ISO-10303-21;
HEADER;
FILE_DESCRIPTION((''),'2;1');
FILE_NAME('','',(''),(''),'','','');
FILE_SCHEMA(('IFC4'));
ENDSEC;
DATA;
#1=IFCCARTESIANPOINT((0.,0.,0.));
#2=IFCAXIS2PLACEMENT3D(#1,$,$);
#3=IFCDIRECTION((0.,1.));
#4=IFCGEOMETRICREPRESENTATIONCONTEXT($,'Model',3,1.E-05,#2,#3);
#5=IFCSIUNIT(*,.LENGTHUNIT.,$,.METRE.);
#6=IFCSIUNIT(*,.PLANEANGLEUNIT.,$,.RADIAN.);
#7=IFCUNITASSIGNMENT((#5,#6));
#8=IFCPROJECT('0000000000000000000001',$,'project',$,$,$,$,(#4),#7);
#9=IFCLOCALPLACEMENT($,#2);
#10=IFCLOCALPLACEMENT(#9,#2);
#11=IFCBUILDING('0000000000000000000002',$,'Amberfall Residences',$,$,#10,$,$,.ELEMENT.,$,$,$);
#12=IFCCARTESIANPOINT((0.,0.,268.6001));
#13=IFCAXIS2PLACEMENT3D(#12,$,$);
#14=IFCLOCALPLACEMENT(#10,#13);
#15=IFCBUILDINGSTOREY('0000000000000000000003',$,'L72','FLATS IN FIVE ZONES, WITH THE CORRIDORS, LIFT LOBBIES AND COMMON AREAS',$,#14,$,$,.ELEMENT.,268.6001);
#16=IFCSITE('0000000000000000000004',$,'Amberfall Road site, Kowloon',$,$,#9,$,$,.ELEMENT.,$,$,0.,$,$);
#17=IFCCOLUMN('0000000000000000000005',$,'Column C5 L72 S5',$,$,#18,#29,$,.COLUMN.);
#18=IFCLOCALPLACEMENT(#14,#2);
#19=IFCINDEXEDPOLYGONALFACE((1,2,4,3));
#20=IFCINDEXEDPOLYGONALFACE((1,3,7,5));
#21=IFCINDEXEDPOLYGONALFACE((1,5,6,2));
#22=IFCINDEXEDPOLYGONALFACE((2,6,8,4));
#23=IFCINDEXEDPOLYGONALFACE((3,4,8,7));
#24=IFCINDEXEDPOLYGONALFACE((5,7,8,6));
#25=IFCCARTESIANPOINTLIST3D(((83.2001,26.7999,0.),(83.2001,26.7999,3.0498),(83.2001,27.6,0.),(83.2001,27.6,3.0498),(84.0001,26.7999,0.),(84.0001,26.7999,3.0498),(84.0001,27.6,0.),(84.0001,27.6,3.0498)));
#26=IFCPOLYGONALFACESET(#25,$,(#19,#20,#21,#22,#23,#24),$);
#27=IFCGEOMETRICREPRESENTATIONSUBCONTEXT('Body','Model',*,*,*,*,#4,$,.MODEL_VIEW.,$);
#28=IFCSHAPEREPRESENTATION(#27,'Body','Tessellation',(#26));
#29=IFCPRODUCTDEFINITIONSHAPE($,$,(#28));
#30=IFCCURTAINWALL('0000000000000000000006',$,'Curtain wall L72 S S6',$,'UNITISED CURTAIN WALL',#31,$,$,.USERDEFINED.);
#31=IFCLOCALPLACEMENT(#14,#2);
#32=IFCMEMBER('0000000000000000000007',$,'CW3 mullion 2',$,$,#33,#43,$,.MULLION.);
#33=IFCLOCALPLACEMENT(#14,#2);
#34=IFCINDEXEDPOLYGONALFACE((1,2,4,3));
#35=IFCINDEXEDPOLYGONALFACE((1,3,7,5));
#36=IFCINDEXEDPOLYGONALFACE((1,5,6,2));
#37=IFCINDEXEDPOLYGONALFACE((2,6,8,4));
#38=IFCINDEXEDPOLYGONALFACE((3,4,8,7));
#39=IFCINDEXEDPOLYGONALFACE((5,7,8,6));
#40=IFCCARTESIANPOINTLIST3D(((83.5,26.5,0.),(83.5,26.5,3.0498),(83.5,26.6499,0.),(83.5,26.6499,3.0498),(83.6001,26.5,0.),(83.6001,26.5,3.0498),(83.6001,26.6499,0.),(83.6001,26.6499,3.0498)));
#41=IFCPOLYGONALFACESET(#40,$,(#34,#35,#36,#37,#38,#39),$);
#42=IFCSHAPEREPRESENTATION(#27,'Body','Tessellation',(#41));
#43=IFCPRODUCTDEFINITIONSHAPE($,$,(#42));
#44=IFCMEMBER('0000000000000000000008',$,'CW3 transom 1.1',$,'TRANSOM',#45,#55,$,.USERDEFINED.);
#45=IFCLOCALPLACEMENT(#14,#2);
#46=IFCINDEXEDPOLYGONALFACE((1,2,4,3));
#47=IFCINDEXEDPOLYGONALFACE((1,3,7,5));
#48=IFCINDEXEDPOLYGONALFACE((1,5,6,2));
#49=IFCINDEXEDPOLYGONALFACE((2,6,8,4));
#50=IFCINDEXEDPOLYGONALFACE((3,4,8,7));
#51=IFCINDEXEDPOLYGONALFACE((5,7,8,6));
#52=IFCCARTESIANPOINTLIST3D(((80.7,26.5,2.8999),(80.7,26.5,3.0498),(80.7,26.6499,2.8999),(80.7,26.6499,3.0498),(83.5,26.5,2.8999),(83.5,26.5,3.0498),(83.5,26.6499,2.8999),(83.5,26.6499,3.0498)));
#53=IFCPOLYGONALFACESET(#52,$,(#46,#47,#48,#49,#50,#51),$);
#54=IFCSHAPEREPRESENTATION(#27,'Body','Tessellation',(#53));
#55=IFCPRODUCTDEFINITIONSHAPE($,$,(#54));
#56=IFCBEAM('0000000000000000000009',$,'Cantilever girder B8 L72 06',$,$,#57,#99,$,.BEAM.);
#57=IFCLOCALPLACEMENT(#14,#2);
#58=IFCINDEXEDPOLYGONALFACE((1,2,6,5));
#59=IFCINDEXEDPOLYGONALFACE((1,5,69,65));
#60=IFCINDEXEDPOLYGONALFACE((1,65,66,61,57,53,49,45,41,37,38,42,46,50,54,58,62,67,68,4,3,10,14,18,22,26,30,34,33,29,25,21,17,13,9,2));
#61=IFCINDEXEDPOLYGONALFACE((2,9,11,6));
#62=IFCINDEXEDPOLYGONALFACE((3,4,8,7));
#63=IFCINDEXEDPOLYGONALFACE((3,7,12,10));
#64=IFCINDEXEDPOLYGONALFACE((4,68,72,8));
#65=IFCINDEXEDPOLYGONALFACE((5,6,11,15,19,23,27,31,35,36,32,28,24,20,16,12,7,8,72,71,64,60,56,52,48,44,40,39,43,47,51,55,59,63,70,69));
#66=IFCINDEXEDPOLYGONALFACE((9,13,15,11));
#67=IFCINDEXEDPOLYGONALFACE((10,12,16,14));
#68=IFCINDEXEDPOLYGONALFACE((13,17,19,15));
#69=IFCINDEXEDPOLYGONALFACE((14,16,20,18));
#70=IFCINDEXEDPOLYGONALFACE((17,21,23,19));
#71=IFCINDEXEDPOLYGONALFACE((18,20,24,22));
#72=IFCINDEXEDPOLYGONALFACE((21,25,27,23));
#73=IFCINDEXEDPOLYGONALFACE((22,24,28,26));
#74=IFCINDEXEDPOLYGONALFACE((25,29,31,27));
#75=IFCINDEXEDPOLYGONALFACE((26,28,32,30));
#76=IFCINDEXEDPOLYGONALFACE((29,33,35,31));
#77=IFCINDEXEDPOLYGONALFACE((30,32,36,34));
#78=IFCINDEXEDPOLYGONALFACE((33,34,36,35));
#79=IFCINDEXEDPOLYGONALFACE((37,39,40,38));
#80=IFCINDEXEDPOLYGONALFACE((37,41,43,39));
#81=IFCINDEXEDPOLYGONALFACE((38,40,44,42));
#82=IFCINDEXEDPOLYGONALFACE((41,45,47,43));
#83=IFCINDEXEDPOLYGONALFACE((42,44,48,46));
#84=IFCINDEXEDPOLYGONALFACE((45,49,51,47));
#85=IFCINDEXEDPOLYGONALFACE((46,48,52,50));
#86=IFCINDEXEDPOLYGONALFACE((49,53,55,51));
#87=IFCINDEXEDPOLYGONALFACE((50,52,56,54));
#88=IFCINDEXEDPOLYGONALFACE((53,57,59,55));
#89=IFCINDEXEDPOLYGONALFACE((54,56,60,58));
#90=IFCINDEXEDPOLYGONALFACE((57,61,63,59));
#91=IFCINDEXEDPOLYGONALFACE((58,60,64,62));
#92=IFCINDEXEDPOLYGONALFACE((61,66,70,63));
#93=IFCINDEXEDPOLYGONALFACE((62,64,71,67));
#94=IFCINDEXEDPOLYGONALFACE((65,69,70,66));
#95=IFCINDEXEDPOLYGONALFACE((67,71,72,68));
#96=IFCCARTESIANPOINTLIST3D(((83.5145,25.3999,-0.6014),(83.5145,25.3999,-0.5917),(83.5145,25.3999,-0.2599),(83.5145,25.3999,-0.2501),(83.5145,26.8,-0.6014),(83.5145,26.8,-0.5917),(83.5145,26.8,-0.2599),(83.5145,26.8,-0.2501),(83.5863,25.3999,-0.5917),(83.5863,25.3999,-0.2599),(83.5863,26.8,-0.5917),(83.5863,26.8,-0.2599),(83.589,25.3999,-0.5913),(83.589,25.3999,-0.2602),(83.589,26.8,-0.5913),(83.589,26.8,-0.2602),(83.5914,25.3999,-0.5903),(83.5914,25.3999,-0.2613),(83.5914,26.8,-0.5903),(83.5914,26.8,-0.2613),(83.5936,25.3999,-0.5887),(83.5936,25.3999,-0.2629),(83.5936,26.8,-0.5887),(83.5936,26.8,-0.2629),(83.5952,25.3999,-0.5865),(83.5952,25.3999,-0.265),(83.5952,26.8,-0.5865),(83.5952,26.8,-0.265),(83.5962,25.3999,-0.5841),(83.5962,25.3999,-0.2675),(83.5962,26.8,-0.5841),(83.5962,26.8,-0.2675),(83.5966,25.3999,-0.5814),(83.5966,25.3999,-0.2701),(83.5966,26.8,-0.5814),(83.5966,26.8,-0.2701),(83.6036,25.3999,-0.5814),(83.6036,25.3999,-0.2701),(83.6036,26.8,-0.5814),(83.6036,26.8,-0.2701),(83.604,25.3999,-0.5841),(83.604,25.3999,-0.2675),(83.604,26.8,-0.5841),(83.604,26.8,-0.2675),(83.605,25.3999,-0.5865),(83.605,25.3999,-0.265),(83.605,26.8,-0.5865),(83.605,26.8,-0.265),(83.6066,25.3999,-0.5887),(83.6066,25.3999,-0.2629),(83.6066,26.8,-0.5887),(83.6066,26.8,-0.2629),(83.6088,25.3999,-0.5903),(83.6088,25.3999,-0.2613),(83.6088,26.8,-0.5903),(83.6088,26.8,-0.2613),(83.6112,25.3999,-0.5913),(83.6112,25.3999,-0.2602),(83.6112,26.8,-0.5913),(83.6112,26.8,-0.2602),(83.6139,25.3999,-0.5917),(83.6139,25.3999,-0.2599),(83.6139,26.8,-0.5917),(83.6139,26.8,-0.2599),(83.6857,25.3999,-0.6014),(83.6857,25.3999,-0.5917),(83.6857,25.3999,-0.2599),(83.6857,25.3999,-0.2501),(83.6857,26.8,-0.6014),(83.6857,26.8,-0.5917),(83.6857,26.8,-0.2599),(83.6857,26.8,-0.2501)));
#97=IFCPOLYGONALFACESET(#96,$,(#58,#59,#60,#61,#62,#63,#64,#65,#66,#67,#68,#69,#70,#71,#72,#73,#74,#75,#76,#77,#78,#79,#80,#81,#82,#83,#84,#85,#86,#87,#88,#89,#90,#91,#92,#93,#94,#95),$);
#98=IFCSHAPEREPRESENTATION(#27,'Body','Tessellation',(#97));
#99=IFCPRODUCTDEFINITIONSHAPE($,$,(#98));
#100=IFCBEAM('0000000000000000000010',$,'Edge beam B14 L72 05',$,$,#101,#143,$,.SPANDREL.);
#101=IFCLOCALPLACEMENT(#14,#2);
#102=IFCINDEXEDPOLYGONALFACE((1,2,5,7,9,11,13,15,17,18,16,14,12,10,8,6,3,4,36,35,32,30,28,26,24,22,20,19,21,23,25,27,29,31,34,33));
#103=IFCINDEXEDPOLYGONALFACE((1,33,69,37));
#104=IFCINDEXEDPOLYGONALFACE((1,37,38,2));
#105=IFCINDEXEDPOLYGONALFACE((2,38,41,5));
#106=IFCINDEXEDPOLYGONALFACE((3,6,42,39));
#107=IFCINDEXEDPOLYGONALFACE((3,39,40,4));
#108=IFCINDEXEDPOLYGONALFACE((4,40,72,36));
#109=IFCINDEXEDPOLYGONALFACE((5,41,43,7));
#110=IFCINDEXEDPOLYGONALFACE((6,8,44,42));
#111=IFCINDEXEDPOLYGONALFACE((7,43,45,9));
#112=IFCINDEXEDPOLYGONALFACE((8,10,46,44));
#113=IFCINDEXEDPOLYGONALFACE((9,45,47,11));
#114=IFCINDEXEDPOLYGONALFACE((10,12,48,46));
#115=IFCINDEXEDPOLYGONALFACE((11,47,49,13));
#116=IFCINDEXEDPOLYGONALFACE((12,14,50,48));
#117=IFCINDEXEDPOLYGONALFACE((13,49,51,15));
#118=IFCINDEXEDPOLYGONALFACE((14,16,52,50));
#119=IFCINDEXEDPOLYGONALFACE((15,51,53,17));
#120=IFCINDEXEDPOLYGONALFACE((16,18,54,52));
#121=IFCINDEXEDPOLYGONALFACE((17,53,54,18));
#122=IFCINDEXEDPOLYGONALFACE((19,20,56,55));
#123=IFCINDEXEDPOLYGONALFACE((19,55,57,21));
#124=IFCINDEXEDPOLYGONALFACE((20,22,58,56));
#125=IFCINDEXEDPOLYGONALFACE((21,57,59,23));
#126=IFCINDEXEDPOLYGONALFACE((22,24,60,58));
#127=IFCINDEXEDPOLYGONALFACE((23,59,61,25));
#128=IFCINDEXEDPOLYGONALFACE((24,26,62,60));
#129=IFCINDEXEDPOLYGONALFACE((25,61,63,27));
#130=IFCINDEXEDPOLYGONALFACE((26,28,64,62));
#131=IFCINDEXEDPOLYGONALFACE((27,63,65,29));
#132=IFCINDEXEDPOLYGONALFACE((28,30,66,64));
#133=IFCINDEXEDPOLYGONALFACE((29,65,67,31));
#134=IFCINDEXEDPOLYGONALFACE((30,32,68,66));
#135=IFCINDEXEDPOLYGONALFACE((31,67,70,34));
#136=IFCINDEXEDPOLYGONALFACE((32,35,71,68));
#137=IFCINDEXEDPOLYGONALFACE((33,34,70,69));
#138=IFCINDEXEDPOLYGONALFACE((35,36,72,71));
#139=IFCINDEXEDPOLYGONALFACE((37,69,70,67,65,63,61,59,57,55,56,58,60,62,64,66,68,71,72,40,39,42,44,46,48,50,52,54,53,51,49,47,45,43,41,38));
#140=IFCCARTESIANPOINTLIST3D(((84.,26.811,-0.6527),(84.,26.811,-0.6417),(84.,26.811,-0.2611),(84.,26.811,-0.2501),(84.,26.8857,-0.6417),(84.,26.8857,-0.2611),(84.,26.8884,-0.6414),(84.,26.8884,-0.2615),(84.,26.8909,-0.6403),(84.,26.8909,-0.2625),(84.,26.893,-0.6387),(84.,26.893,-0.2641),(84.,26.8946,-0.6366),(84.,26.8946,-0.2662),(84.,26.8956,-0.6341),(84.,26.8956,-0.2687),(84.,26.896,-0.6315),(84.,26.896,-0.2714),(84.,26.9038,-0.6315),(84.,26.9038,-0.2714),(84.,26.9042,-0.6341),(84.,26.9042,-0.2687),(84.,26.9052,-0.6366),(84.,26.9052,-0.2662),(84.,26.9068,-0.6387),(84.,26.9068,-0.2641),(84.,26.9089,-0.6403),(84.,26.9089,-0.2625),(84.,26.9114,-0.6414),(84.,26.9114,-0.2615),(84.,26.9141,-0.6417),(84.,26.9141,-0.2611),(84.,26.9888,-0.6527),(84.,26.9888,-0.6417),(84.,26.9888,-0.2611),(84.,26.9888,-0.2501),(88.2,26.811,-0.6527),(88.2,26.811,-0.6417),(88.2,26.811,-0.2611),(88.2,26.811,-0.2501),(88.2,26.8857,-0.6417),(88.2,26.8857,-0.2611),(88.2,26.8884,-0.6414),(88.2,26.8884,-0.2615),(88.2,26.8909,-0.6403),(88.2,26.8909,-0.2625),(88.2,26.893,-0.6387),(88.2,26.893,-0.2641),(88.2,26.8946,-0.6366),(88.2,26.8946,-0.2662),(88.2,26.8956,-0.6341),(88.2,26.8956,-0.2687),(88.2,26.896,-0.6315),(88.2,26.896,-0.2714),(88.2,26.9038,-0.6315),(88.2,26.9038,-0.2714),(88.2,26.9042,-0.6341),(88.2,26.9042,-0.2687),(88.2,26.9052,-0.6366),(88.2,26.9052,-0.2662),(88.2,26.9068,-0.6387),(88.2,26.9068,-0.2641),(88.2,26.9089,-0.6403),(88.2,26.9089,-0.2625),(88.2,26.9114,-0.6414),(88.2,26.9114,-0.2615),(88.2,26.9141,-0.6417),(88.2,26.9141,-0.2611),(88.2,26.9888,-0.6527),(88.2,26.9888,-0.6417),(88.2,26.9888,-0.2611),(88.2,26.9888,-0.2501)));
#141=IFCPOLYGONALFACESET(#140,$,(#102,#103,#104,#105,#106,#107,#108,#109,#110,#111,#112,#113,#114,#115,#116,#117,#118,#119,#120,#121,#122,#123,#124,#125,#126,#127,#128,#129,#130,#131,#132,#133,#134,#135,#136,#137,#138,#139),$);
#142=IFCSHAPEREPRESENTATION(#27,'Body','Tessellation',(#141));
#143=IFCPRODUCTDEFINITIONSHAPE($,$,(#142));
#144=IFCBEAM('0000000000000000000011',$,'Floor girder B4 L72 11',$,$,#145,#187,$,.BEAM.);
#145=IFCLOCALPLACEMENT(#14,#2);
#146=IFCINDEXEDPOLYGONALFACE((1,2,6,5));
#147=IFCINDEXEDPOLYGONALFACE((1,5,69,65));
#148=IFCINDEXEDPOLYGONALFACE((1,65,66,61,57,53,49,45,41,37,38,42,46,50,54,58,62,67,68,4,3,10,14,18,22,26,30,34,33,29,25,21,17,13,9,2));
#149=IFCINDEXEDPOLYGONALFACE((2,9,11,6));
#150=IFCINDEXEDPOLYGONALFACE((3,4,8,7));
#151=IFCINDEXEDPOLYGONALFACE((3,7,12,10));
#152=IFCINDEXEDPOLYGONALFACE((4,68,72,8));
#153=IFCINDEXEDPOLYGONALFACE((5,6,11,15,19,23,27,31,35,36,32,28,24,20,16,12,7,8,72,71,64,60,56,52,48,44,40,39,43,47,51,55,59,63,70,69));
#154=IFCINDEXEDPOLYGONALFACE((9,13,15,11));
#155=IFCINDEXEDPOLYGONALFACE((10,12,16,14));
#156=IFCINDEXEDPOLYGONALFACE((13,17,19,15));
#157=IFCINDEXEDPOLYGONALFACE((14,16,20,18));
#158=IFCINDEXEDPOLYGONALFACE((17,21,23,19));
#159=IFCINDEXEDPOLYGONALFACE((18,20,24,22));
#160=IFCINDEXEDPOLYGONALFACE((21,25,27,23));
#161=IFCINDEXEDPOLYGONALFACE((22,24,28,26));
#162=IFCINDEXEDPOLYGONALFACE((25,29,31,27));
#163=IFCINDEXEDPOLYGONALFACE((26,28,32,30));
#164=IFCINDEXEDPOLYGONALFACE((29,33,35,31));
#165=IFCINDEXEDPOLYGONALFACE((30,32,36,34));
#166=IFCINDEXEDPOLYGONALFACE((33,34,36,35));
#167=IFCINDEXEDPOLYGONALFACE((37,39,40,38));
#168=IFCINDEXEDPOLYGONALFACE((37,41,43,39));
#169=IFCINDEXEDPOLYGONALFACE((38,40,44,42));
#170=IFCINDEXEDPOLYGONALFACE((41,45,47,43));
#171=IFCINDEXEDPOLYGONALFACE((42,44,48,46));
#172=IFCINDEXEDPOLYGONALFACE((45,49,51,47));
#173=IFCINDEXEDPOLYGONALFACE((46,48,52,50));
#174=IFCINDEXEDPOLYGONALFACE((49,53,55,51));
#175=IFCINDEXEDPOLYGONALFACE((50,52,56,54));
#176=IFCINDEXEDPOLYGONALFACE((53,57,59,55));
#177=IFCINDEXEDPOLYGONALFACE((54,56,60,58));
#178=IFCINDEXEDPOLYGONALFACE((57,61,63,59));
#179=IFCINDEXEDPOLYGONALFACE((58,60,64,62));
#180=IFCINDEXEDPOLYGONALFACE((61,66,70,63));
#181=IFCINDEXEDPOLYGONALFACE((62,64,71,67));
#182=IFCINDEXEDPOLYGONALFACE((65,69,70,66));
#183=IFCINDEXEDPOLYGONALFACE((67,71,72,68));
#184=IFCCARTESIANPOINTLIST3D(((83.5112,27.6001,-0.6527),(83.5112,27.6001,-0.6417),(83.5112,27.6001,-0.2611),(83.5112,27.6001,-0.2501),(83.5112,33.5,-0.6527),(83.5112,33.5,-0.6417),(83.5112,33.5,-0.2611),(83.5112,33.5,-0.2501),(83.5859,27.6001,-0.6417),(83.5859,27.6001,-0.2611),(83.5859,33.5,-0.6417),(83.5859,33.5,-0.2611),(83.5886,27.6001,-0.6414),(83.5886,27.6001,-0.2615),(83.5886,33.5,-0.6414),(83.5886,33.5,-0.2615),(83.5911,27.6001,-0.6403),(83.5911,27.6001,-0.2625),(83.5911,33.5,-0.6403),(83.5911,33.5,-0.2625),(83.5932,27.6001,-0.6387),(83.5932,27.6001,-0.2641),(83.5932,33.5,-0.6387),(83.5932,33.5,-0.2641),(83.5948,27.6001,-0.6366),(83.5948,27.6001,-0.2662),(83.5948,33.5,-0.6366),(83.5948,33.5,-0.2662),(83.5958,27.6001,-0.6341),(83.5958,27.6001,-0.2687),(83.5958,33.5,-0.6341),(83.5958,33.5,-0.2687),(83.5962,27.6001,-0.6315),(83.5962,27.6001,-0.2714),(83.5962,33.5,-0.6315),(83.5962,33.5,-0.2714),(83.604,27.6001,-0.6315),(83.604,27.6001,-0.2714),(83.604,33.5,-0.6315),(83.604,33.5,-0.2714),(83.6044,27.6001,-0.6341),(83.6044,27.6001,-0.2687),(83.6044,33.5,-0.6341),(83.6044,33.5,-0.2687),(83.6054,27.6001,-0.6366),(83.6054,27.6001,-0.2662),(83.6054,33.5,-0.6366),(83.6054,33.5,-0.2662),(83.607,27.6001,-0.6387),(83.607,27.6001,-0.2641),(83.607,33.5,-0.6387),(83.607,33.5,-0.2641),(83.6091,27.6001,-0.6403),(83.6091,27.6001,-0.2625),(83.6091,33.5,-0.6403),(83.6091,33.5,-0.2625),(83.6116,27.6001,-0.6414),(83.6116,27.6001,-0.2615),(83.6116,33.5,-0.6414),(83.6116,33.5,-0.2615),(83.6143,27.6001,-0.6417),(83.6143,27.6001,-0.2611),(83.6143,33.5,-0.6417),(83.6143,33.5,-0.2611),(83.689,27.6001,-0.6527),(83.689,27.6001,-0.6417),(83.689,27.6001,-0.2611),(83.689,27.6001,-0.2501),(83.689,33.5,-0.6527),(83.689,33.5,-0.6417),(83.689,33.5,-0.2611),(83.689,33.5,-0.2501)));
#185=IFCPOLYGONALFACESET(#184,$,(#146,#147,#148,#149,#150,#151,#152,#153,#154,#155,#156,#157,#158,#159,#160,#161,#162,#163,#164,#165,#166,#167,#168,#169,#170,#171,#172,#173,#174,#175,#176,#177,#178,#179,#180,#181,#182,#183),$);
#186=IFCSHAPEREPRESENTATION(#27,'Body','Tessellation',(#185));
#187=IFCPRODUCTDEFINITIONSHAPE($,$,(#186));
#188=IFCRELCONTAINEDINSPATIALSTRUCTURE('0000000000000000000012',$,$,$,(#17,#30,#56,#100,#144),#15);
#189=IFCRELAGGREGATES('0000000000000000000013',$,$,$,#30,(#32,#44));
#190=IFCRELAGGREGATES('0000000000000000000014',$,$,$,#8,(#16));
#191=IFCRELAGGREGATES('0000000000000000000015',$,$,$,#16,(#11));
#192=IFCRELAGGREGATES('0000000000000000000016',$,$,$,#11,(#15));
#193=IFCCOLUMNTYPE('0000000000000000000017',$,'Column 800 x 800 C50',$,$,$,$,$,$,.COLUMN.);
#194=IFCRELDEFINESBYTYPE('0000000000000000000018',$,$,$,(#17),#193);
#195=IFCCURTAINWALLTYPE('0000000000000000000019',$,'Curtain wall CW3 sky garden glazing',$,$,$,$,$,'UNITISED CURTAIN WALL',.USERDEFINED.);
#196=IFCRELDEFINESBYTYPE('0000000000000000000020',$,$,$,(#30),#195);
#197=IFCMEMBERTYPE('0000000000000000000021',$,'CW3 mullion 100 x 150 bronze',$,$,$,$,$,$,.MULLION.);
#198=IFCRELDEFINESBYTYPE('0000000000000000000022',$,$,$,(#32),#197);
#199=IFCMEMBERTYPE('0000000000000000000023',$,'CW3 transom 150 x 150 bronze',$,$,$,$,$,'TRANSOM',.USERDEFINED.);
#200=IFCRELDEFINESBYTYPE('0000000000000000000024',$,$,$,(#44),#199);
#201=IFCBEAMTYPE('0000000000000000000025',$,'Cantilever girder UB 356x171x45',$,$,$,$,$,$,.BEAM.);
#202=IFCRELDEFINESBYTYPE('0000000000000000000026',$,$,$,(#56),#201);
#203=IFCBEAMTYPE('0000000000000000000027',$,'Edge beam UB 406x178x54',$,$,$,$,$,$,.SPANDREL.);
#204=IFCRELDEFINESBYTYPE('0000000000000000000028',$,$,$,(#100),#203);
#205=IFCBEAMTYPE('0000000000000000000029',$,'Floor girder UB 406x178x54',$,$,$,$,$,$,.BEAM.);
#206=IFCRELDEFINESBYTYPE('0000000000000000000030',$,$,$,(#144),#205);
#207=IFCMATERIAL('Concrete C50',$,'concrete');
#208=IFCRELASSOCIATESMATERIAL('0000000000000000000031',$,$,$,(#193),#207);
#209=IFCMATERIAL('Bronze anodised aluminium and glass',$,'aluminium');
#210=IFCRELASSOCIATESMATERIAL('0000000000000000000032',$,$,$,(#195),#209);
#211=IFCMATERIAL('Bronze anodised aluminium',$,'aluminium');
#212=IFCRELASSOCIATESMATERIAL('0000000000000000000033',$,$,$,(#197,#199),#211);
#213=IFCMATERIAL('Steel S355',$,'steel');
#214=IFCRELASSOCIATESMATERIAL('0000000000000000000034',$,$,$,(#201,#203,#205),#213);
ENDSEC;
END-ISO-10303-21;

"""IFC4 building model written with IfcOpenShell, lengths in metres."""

from ifc_helpers import new_model, si_unit, direction, frame, origin, origin_2d, place, context, subcontext, project, spatial, rectangle, i_section, extrude, material, material_profile, profile_set, type_object, element, aggregate, save


model = new_model("IFC4")

# Units and contexts
model_context = context("Model", 3, precision=1e-05, world=origin(), true_north=direction((0.0, 1.0)))
body_context = subcontext(model_context, "Body", "Model", "MODEL_VIEW")
ifc_project = project(units=[si_unit("LENGTHUNIT", "METRE"), si_unit("PLANEANGLEUNIT", "RADIAN")], contexts=[model_context])

# Site, building, storey
site_placement = place(None, origin())
site = spatial("IfcSite", under=ifc_project, at=site_placement, Name="Amberfall Road site, Kowloon", CompositionType="ELEMENT", RefElevation=0.0)
building_placement = place(site_placement, origin())
building = spatial("IfcBuilding", under=site, at=building_placement, Name="Amberfall Residences", CompositionType="ELEMENT")
storey_placement = place(building_placement, frame((0.0, 0.0, 268.6001)))
storey = spatial("IfcBuildingStorey", under=building, at=storey_placement, Name="L72", Description="FLATS IN FIVE ZONES, WITH THE CORRIDORS, LIFT LOBBIES AND COMMON AREAS", CompositionType="ELEMENT", Elevation=268.6001)

# Column
ifc_material_1 = material(Name="Concrete C50", Category="concrete")
ifc_material_profile_1 = material_profile(ifc_material_1, rectangle(XDim=0.8, YDim=0.8, at=origin_2d()), Name="Column 800 x 800 C50")
ifc_profile_set_1 = profile_set([ifc_material_profile_1], Name="Concrete C50")
column_type = type_object("IfcColumnType", Name="Column 800 x 800 C50", PredefinedType="COLUMN", material=ifc_profile_set_1)
column_placement = place(storey_placement, frame((83.6001, 27.2, 0.0), z_axis=(0.0, 0.0, 1.0), x_axis=(1.0, 0.0, 0.0)))
element("IfcColumn", 1, at=column_placement, inside=storey, type_object=column_type, Name="Column C5 L72 S5", PredefinedType="COLUMN", context=body_context, shape_type="SweptSolid", body=[
    extrude(rectangle(XDim=0.8, YDim=0.8, at=origin_2d()), origin(), (0.0, 0.0, 1.0), 3.0498),
])

# Curtain wall, members
ifc_material_2 = material(Name="Bronze anodised aluminium and glass", Category="aluminium")
curtain_wall_type = type_object("IfcCurtainWallType", Name="Curtain wall CW3 sky garden glazing", ElementType="UNITISED CURTAIN WALL", PredefinedType="USERDEFINED", material=ifc_material_2)
curtain_wall_placement = place(storey_placement, origin())
curtain_wall = element("IfcCurtainWall", 2, at=curtain_wall_placement, inside=storey, type_object=curtain_wall_type, Name="Curtain wall L72 S S6", ObjectType="UNITISED CURTAIN WALL", PredefinedType="USERDEFINED")
ifc_material_3 = material(Name="Bronze anodised aluminium", Category="aluminium")
ifc_material_profile_2 = material_profile(ifc_material_3, rectangle(XDim=0.1499, YDim=0.1001, at=origin_2d()), Name="CW3 mullion 100 x 150 bronze")
ifc_profile_set_2 = profile_set([ifc_material_profile_2], Name="Bronze anodised aluminium")
member_type_1 = type_object("IfcMemberType", Name="CW3 mullion 100 x 150 bronze", PredefinedType="MULLION", material=ifc_profile_set_2)
member_1_placement = place(storey_placement, frame((83.55, 26.575, 0.0), z_axis=(0.0, 0.0, 1.0), x_axis=(0.0, 1.0, 0.0)))
member_1 = element("IfcMember", 3, at=member_1_placement, type_object=member_type_1, Name="CW3 mullion 2", PredefinedType="MULLION", context=body_context, shape_type="SweptSolid", body=[
    extrude(rectangle(XDim=0.1499, YDim=0.1001, at=origin_2d()), origin(), (0.0, 0.0, 1.0), 3.0498),
])
ifc_material_profile_3 = material_profile(ifc_material_3, rectangle(XDim=0.1499, YDim=0.1499, at=origin_2d()), Name="CW3 transom 150 x 150 bronze")
ifc_profile_set_3 = profile_set([ifc_material_profile_3], Name="Bronze anodised aluminium")
member_type_2 = type_object("IfcMemberType", Name="CW3 transom 150 x 150 bronze", ElementType="TRANSOM", PredefinedType="USERDEFINED", material=ifc_profile_set_3)
member_2_placement = place(storey_placement, frame((80.7, 26.575, 2.9749), z_axis=(1.0, 0.0, 0.0), x_axis=(0.0, 1.0, 0.0)))
member_2 = element("IfcMember", 4, at=member_2_placement, type_object=member_type_2, Name="CW3 transom 1.1", ObjectType="TRANSOM", PredefinedType="USERDEFINED", context=body_context, shape_type="SweptSolid", body=[
    extrude(rectangle(XDim=0.1499, YDim=0.1499, at=origin_2d()), origin(), (0.0, 0.0, 1.0), 2.8),
])

# Beams
ifc_material_4 = material(Name="Steel S355", Category="steel")
ifc_material_profile_4 = material_profile(ifc_material_4, i_section(OverallWidth=0.1711, OverallDepth=0.3513, WebThickness=0.0071, FlangeThickness=0.0098, FilletRadius=0.0103, at=origin_2d()), Name="UB 356x171x45")
ifc_profile_set_4 = profile_set([ifc_material_profile_4], Name="Steel S355")
beam_type_1 = type_object("IfcBeamType", Name="Cantilever girder UB 356x171x45", PredefinedType="BEAM", material=ifc_profile_set_4)
beam_1_placement = place(storey_placement, frame((83.6001, 26.8, -0.4258), z_axis=(0.0, -1.0, 0.0), x_axis=(1.0, 0.0, 0.0)))
element("IfcBeam", 5, at=beam_1_placement, inside=storey, type_object=beam_type_1, Name="Cantilever girder B8 L72 06", PredefinedType="BEAM", context=body_context, shape_type="SweptSolid", body=[
    extrude(i_section(OverallWidth=0.1711, OverallDepth=0.3513, WebThickness=0.0071, FlangeThickness=0.0098, FilletRadius=0.0103, at=origin_2d()), origin(), (0.0, 0.0, 1.0), 1.4001),
])
ifc_material_profile_5 = material_profile(ifc_material_4, i_section(OverallWidth=0.1777, OverallDepth=0.4026, WebThickness=0.0078, FlangeThickness=0.011, FilletRadius=0.0103, at=origin_2d()), Name="UB 406x178x54")
ifc_profile_set_5 = profile_set([ifc_material_profile_5], Name="Steel S355")
beam_type_2 = type_object("IfcBeamType", Name="Edge beam UB 406x178x54", PredefinedType="SPANDREL", material=ifc_profile_set_5)
beam_2_placement = place(storey_placement, frame((84.0, 26.8999, -0.4514), z_axis=(1.0, 0.0, 0.0), x_axis=(0.0, 1.0, 0.0)))
element("IfcBeam", 6, at=beam_2_placement, inside=storey, type_object=beam_type_2, Name="Edge beam B14 L72 05", PredefinedType="SPANDREL", context=body_context, shape_type="SweptSolid", body=[
    extrude(i_section(OverallWidth=0.1777, OverallDepth=0.4026, WebThickness=0.0078, FlangeThickness=0.011, FilletRadius=0.0103, at=origin_2d()), origin(), (0.0, 0.0, 1.0), 4.2),
])
ifc_material_profile_6 = material_profile(ifc_material_4, i_section(OverallWidth=0.1777, OverallDepth=0.4026, WebThickness=0.0078, FlangeThickness=0.011, FilletRadius=0.0103, at=origin_2d()), Name="UB 406x178x54")
ifc_profile_set_6 = profile_set([ifc_material_profile_6], Name="Steel S355")
beam_type_3 = type_object("IfcBeamType", Name="Floor girder UB 406x178x54", PredefinedType="BEAM", material=ifc_profile_set_6)
beam_3_placement = place(storey_placement, frame((83.6001, 27.6001, -0.4514), z_axis=(0.0, 1.0, 0.0), x_axis=(-1.0, 0.0, 0.0)))
element("IfcBeam", 7, at=beam_3_placement, inside=storey, type_object=beam_type_3, Name="Floor girder B4 L72 11", PredefinedType="BEAM", context=body_context, shape_type="SweptSolid", body=[
    extrude(i_section(OverallWidth=0.1777, OverallDepth=0.4026, WebThickness=0.0078, FlangeThickness=0.011, FilletRadius=0.0103, at=origin_2d()), origin(), (0.0, 0.0, 1.0), 5.8999),
])

aggregate(curtain_wall, [member_1, member_2])

save(model, "model.ifc")
